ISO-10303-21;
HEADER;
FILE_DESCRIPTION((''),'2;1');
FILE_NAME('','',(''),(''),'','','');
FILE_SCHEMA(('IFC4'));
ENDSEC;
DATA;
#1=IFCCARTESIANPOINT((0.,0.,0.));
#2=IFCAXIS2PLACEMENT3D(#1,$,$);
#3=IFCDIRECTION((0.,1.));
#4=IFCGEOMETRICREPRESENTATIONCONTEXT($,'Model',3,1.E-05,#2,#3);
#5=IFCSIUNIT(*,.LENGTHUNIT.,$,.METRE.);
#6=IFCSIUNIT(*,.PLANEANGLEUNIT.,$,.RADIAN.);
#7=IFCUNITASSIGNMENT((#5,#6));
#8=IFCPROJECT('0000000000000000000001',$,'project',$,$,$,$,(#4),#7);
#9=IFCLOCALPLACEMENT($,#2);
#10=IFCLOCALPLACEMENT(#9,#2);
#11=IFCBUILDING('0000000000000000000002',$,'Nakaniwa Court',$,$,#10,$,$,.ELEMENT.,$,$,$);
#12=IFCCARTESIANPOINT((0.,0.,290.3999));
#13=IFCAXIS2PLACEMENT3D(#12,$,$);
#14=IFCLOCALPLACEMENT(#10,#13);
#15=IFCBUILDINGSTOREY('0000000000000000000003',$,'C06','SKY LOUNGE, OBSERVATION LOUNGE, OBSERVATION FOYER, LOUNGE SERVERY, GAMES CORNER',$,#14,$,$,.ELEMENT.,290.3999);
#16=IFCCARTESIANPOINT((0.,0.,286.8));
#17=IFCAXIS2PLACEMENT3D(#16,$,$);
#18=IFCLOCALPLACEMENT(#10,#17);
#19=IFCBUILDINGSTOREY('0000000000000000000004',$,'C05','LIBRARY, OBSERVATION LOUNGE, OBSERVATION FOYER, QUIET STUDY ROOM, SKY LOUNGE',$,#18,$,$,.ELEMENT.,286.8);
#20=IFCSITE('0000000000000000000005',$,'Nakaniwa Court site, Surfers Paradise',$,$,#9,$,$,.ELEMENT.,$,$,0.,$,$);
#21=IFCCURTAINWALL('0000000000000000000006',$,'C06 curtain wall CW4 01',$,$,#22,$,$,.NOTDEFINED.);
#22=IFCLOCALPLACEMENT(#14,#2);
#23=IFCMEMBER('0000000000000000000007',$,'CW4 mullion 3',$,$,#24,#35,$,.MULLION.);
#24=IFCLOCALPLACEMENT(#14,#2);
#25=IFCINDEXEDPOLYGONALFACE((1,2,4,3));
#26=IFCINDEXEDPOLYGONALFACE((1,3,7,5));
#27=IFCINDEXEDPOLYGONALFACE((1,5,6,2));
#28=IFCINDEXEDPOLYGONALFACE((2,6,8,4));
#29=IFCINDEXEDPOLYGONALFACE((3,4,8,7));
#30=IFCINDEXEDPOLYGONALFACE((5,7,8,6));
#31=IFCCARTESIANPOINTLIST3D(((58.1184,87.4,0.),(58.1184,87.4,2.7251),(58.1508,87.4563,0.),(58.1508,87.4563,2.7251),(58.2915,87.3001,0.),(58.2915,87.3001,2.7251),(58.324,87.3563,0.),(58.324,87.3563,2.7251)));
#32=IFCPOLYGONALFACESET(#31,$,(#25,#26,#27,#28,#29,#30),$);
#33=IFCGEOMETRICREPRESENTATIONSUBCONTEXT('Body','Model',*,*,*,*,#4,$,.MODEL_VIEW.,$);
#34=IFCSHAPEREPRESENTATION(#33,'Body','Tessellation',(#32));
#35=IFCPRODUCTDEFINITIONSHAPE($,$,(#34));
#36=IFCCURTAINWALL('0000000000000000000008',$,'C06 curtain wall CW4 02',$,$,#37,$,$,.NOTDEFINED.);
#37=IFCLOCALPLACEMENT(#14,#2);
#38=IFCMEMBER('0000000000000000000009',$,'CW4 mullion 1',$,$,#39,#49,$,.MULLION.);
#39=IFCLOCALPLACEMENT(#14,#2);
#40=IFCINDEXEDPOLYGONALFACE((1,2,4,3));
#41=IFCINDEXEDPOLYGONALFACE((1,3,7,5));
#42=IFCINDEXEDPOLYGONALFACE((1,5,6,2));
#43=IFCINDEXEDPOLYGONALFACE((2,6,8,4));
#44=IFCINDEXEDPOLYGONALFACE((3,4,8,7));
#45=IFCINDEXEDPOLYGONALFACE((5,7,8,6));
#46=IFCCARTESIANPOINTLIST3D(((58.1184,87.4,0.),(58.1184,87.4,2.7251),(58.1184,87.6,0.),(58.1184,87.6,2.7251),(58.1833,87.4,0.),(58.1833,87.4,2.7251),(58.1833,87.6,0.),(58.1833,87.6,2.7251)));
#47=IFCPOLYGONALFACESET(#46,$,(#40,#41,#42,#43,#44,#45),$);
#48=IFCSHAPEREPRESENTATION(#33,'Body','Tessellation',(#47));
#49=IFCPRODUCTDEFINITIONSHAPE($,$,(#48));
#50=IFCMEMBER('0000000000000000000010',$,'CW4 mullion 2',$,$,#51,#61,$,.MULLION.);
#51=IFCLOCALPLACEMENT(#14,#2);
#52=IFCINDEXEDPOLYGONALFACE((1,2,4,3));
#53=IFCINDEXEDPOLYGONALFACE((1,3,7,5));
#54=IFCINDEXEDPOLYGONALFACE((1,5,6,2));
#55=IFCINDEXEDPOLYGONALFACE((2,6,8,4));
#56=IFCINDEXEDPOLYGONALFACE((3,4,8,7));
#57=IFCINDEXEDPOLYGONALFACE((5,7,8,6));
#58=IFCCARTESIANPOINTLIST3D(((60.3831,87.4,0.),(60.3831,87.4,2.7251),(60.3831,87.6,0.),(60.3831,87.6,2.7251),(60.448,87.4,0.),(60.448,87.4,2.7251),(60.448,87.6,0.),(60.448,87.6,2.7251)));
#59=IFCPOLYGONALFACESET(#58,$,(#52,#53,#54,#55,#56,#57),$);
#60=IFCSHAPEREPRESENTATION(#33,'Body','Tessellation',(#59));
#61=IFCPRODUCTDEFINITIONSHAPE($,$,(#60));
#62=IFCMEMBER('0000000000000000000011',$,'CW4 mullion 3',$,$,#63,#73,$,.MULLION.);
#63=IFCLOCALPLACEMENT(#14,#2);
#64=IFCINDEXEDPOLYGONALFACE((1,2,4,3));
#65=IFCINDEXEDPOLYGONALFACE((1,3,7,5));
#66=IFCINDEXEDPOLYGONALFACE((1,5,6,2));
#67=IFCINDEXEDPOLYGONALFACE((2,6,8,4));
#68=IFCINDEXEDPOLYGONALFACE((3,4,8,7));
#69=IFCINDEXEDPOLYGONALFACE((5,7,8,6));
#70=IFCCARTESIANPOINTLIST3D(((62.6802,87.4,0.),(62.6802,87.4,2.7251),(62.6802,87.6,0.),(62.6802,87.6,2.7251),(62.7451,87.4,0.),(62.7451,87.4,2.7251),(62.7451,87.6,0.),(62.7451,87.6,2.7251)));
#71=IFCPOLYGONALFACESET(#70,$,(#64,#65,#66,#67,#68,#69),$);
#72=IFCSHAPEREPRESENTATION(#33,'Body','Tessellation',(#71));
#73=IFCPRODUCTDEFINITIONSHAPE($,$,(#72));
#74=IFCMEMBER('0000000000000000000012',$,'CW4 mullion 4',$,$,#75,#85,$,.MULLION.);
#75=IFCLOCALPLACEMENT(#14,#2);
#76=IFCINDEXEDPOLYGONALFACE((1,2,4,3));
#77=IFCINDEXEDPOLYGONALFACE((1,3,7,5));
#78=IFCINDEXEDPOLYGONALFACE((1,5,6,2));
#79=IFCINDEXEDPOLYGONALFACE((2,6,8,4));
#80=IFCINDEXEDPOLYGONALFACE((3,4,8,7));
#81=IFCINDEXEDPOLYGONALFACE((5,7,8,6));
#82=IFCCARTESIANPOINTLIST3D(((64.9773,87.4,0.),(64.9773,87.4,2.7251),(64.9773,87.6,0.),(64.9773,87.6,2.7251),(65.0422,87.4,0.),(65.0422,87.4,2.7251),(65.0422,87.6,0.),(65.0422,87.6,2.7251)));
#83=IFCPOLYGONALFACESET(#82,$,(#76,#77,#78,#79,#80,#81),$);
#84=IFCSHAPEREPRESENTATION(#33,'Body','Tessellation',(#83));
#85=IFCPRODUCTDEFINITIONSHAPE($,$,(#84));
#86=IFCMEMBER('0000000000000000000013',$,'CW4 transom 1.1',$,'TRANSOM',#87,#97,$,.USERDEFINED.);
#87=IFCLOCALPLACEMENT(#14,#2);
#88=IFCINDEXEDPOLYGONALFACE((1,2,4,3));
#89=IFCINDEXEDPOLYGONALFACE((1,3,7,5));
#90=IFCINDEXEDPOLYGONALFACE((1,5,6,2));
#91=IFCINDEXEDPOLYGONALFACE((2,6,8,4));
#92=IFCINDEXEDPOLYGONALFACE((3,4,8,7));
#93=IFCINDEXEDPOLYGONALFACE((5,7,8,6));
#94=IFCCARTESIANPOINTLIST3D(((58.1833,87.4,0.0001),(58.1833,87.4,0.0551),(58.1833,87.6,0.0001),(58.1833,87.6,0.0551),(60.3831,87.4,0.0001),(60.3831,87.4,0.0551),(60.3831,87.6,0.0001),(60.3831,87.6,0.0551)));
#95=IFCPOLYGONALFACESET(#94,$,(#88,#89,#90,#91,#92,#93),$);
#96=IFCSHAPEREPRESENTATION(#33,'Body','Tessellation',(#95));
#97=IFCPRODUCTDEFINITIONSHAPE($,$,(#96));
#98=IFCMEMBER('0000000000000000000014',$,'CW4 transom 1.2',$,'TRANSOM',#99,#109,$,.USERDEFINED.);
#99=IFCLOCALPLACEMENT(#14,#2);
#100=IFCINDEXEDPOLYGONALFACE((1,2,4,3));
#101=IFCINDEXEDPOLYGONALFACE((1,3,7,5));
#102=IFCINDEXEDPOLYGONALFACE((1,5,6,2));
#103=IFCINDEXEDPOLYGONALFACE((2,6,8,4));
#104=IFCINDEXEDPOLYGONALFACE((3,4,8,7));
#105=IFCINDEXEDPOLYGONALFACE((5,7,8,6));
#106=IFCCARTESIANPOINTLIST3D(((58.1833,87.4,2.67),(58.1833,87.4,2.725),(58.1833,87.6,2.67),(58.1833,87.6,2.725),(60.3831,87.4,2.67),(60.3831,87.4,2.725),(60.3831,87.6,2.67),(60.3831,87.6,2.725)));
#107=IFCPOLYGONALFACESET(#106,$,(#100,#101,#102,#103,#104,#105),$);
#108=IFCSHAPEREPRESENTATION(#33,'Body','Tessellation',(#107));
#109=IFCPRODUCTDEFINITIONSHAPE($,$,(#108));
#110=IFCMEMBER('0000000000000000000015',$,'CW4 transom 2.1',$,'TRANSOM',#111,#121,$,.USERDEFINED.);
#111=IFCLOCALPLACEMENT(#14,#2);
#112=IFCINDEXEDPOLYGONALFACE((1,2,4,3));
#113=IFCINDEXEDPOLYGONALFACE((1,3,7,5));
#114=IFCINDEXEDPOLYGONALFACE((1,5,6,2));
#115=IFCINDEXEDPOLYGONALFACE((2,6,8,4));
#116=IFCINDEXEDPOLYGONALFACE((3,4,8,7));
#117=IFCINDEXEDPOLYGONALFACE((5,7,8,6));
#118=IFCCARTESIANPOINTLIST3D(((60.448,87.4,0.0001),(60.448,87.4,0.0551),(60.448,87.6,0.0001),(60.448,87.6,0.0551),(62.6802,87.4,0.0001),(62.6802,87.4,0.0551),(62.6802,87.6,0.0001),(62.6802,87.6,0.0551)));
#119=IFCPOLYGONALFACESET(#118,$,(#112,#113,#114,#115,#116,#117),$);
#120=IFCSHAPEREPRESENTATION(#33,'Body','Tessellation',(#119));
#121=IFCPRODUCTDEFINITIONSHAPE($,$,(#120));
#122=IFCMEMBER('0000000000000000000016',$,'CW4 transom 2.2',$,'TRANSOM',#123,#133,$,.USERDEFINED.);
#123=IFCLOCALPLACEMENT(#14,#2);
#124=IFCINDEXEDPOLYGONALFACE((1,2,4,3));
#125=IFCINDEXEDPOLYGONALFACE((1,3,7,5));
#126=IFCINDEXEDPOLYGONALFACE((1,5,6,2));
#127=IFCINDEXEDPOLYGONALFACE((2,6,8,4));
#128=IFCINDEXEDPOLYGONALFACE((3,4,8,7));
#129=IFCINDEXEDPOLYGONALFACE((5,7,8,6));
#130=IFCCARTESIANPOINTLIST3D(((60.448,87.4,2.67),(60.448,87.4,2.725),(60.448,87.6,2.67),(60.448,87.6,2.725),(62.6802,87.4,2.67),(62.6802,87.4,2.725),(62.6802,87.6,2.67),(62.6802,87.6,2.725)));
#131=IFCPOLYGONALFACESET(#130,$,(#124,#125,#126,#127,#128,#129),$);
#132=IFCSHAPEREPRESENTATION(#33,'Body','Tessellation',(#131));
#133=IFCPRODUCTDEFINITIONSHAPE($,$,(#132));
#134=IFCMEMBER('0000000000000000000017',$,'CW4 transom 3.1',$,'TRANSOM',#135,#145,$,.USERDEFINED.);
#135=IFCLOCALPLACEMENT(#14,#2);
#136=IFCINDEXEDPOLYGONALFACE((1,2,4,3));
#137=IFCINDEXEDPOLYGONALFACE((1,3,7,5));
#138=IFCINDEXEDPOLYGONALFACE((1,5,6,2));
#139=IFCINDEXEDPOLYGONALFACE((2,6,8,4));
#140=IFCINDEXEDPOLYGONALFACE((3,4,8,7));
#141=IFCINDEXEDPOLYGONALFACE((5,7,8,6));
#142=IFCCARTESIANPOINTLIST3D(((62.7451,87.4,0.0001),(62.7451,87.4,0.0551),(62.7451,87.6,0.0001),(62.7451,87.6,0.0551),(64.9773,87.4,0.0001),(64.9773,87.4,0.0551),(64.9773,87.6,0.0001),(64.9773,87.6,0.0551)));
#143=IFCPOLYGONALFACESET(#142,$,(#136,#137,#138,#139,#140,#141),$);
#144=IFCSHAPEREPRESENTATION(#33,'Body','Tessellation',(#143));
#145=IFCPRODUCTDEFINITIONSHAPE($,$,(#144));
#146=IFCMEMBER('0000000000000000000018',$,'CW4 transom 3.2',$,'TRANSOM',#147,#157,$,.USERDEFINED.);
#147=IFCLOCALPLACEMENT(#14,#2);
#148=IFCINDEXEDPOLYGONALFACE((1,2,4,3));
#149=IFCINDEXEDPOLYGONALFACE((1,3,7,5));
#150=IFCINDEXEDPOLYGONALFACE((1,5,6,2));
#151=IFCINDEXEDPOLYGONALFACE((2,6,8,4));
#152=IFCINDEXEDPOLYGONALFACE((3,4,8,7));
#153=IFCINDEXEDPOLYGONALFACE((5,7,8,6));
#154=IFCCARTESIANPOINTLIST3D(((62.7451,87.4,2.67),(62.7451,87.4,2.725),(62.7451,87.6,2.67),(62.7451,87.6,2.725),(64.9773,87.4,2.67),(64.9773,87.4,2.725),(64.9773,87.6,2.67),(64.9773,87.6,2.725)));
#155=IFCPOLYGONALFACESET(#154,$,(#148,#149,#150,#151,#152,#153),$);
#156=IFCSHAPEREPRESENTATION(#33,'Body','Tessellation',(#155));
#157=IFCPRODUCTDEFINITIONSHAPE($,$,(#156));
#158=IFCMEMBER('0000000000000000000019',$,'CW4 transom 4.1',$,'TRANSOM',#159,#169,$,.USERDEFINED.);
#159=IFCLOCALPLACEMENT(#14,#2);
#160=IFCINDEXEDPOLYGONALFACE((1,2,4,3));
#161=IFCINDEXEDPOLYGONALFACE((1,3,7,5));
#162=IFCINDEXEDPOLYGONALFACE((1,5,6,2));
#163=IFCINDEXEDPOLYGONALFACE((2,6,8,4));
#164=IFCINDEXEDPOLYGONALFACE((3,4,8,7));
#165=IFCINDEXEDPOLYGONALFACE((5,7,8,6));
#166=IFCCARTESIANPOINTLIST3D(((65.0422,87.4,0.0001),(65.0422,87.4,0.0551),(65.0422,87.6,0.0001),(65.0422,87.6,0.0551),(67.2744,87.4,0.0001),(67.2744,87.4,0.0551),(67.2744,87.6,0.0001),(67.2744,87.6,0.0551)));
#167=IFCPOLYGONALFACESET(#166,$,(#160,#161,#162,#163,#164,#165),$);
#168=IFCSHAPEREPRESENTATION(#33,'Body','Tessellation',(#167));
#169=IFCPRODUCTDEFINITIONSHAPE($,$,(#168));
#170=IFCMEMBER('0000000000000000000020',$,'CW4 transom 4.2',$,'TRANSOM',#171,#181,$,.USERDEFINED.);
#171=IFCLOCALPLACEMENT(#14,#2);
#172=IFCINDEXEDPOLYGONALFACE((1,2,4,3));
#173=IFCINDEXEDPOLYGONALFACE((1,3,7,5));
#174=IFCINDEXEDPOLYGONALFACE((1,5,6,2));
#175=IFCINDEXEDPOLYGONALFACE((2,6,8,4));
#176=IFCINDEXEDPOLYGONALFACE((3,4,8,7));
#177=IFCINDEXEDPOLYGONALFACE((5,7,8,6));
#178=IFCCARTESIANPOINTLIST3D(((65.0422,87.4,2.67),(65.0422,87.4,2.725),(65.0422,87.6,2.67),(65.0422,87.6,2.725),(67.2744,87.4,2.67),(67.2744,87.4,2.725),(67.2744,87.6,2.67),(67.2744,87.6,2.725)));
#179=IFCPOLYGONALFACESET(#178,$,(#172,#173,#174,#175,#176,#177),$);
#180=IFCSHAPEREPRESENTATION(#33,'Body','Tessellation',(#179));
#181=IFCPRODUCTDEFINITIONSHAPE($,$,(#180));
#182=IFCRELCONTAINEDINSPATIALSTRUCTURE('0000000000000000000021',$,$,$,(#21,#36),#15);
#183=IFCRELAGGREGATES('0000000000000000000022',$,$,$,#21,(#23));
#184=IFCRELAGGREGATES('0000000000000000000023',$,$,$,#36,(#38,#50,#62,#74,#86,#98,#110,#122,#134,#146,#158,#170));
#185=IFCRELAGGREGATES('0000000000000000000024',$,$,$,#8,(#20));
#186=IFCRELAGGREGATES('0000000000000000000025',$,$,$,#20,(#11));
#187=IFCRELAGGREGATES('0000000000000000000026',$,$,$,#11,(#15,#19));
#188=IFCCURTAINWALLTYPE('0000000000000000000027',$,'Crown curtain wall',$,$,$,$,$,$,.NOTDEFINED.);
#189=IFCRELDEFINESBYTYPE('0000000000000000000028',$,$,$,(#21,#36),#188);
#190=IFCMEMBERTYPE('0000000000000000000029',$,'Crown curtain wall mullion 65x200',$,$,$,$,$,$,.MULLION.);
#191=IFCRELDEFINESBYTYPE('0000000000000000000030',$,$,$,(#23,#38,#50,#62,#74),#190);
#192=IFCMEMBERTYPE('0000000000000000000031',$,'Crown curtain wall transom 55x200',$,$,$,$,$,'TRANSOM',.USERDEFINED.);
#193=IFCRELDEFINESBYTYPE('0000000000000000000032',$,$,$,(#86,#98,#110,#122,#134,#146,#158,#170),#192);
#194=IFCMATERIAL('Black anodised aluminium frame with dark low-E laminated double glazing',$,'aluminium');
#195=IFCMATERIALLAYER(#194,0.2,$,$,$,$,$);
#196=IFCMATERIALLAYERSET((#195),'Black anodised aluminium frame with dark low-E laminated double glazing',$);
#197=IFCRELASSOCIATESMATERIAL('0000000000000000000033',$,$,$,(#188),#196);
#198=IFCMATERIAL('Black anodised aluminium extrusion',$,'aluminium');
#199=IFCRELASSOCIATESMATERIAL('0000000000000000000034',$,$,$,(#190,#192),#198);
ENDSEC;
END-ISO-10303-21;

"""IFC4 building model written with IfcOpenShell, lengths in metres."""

from ifc_helpers import new_model, si_unit, direction, frame, origin, origin_2d, place, context, subcontext, project, spatial, rectangle, extrude, material, layer, layer_set, material_profile, profile_set, type_object, element, aggregate, save


model = new_model("IFC4")

# Units and contexts
model_context = context("Model", 3, precision=1e-05, world=origin(), true_north=direction((0.0, 1.0)))
body_context = subcontext(model_context, "Body", "Model", "MODEL_VIEW")
ifc_project = project(units=[si_unit("LENGTHUNIT", "METRE"), si_unit("PLANEANGLEUNIT", "RADIAN")], contexts=[model_context])

# Site, building, storey
site_placement = place(None, origin())
site = spatial("IfcSite", under=ifc_project, at=site_placement, Name="Nakaniwa Court site, Surfers Paradise", CompositionType="ELEMENT", RefElevation=0.0)
building_placement = place(site_placement, origin())
building = spatial("IfcBuilding", under=site, at=building_placement, Name="Nakaniwa Court", CompositionType="ELEMENT")
storey_1_placement = place(building_placement, frame((0.0, 0.0, 290.3999)))
storey_1 = spatial("IfcBuildingStorey", under=building, at=storey_1_placement, Name="C06", Description="SKY LOUNGE, OBSERVATION LOUNGE, OBSERVATION FOYER, LOUNGE SERVERY, GAMES CORNER", CompositionType="ELEMENT", Elevation=290.3999)

# Curtain wall, member
ifc_material_1 = material(Name="Black anodised aluminium frame with dark low-E laminated double glazing", Category="aluminium")
ifc_layer_1 = layer(ifc_material_1, 0.2)
ifc_layer_set_1 = layer_set([ifc_layer_1], Name="Black anodised aluminium frame with dark low-E laminated double glazing")
curtain_wall_type = type_object("IfcCurtainWallType", Name="Crown curtain wall", PredefinedType="NOTDEFINED", material=ifc_layer_set_1)
curtain_wall_1_placement = place(storey_1_placement, origin())
curtain_wall_1 = element("IfcCurtainWall", 1, at=curtain_wall_1_placement, inside=storey_1, type_object=curtain_wall_type, Name="C06 curtain wall CW4 01", PredefinedType="NOTDEFINED")
ifc_material_2 = material(Name="Black anodised aluminium extrusion", Category="aluminium")
ifc_material_profile_1 = material_profile(ifc_material_2, rectangle(XDim=0.2, YDim=0.0649, at=origin_2d()), Name="Crown curtain wall mullion 65x200")
ifc_profile_set_1 = profile_set([ifc_material_profile_1], Name="Black anodised aluminium extrusion")
member_type_1 = type_object("IfcMemberType", Name="Crown curtain wall mullion 65x200", PredefinedType="MULLION", material=ifc_profile_set_1)
member_1_placement = place(storey_1_placement, frame((58.2212, 87.3782, 0.0), z_axis=(0.0, 0.0, 1.0), x_axis=(0.866021, -0.500008, 0.0)))
member_1 = element("IfcMember", 2, at=member_1_placement, type_object=member_type_1, Name="CW4 mullion 3", PredefinedType="MULLION", context=body_context, shape_type="SweptSolid", body=[
    extrude(rectangle(XDim=0.2, YDim=0.0649, at=origin_2d()), origin(), (0.0, 0.0, 1.0), 2.7251),
])
aggregate(curtain_wall_1, [member_1])

# Curtain wall, members
curtain_wall_2_placement = place(storey_1_placement, origin())
curtain_wall_2 = element("IfcCurtainWall", 3, at=curtain_wall_2_placement, inside=storey_1, type_object=curtain_wall_type, Name="C06 curtain wall CW4 02", PredefinedType="NOTDEFINED")
member_2_placement = place(storey_1_placement, frame((58.1509, 87.5, 0.0), z_axis=(0.0, 0.0, 1.0), x_axis=(0.0, 1.0, 0.0)))
member_2 = element("IfcMember", 4, at=member_2_placement, type_object=member_type_1, Name="CW4 mullion 1", PredefinedType="MULLION", context=body_context, shape_type="SweptSolid", body=[
    extrude(rectangle(XDim=0.2, YDim=0.0649, at=origin_2d()), origin(), (0.0, 0.0, 1.0), 2.7251),
])
member_3_placement = place(storey_1_placement, frame((60.4155, 87.5, 0.0), z_axis=(0.0, 0.0, 1.0), x_axis=(0.0, 1.0, 0.0)))
member_3 = element("IfcMember", 5, at=member_3_placement, type_object=member_type_1, Name="CW4 mullion 2", PredefinedType="MULLION", context=body_context, shape_type="SweptSolid", body=[
    extrude(rectangle(XDim=0.2, YDim=0.0649, at=origin_2d()), origin(), (0.0, 0.0, 1.0), 2.7251),
])
member_4_placement = place(storey_1_placement, frame((62.7126, 87.5, 0.0), z_axis=(0.0, 0.0, 1.0), x_axis=(0.0, 1.0, 0.0)))
member_4 = element("IfcMember", 6, at=member_4_placement, type_object=member_type_1, Name="CW4 mullion 3", PredefinedType="MULLION", context=body_context, shape_type="SweptSolid", body=[
    extrude(rectangle(XDim=0.2, YDim=0.0649, at=origin_2d()), origin(), (0.0, 0.0, 1.0), 2.7251),
])
member_5_placement = place(storey_1_placement, frame((65.0098, 87.5, 0.0), z_axis=(0.0, 0.0, 1.0), x_axis=(0.0, 1.0, 0.0)))
member_5 = element("IfcMember", 7, at=member_5_placement, type_object=member_type_1, Name="CW4 mullion 4", PredefinedType="MULLION", context=body_context, shape_type="SweptSolid", body=[
    extrude(rectangle(XDim=0.2, YDim=0.0649, at=origin_2d()), origin(), (0.0, 0.0, 1.0), 2.7251),
])
ifc_material_profile_2 = material_profile(ifc_material_2, rectangle(XDim=0.2, YDim=0.0549, at=origin_2d()), Name="Crown curtain wall transom 55x200")
ifc_profile_set_2 = profile_set([ifc_material_profile_2], Name="Black anodised aluminium extrusion")
member_type_2 = type_object("IfcMemberType", Name="Crown curtain wall transom 55x200", ElementType="TRANSOM", PredefinedType="USERDEFINED", material=ifc_profile_set_2)
member_6_placement = place(storey_1_placement, frame((58.1833, 87.5, 0.0276), z_axis=(1.0, 0.0, 0.0), x_axis=(0.0, 1.0, 0.0)))
member_6 = element("IfcMember", 8, at=member_6_placement, type_object=member_type_2, Name="CW4 transom 1.1", ObjectType="TRANSOM", PredefinedType="USERDEFINED", context=body_context, shape_type="SweptSolid", body=[
    extrude(rectangle(XDim=0.2, YDim=0.0549, at=origin_2d()), origin(), (0.0, 0.0, 1.0), 2.1997),
])
member_7_placement = place(storey_1_placement, frame((58.1833, 87.5, 2.6975), z_axis=(1.0, 0.0, 0.0), x_axis=(0.0, 1.0, 0.0)))
member_7 = element("IfcMember", 9, at=member_7_placement, type_object=member_type_2, Name="CW4 transom 1.2", ObjectType="TRANSOM", PredefinedType="USERDEFINED", context=body_context, shape_type="SweptSolid", body=[
    extrude(rectangle(XDim=0.2, YDim=0.0549, at=origin_2d()), origin(), (0.0, 0.0, 1.0), 2.1997),
])
member_8_placement = place(storey_1_placement, frame((60.448, 87.5, 0.0276), z_axis=(1.0, 0.0, 0.0), x_axis=(0.0, 1.0, 0.0)))
member_8 = element("IfcMember", 10, at=member_8_placement, type_object=member_type_2, Name="CW4 transom 2.1", ObjectType="TRANSOM", PredefinedType="USERDEFINED", context=body_context, shape_type="SweptSolid", body=[
    extrude(rectangle(XDim=0.2, YDim=0.0549, at=origin_2d()), origin(), (0.0, 0.0, 1.0), 2.2322),
])
member_9_placement = place(storey_1_placement, frame((60.448, 87.5, 2.6975), z_axis=(1.0, 0.0, 0.0), x_axis=(0.0, 1.0, 0.0)))
member_9 = element("IfcMember", 11, at=member_9_placement, type_object=member_type_2, Name="CW4 transom 2.2", ObjectType="TRANSOM", PredefinedType="USERDEFINED", context=body_context, shape_type="SweptSolid", body=[
    extrude(rectangle(XDim=0.2, YDim=0.0549, at=origin_2d()), origin(), (0.0, 0.0, 1.0), 2.2322),
])
member_10_placement = place(storey_1_placement, frame((62.7451, 87.5, 0.0276), z_axis=(1.0, 0.0, 0.0), x_axis=(0.0, 1.0, 0.0)))
member_10 = element("IfcMember", 12, at=member_10_placement, type_object=member_type_2, Name="CW4 transom 3.1", ObjectType="TRANSOM", PredefinedType="USERDEFINED", context=body_context, shape_type="SweptSolid", body=[
    extrude(rectangle(XDim=0.2, YDim=0.0549, at=origin_2d()), origin(), (0.0, 0.0, 1.0), 2.2322),
])
member_11_placement = place(storey_1_placement, frame((62.7451, 87.5, 2.6975), z_axis=(1.0, 0.0, 0.0), x_axis=(0.0, 1.0, 0.0)))
member_11 = element("IfcMember", 13, at=member_11_placement, type_object=member_type_2, Name="CW4 transom 3.2", ObjectType="TRANSOM", PredefinedType="USERDEFINED", context=body_context, shape_type="SweptSolid", body=[
    extrude(rectangle(XDim=0.2, YDim=0.0549, at=origin_2d()), origin(), (0.0, 0.0, 1.0), 2.2322),
])
member_12_placement = place(storey_1_placement, frame((65.0422, 87.5, 0.0276), z_axis=(1.0, 0.0, 0.0), x_axis=(0.0, 1.0, 0.0)))
member_12 = element("IfcMember", 14, at=member_12_placement, type_object=member_type_2, Name="CW4 transom 4.1", ObjectType="TRANSOM", PredefinedType="USERDEFINED", context=body_context, shape_type="SweptSolid", body=[
    extrude(rectangle(XDim=0.2, YDim=0.0549, at=origin_2d()), origin(), (0.0, 0.0, 1.0), 2.2322),
])
member_13_placement = place(storey_1_placement, frame((65.0422, 87.5, 2.6975), z_axis=(1.0, 0.0, 0.0), x_axis=(0.0, 1.0, 0.0)))
member_13 = element("IfcMember", 15, at=member_13_placement, type_object=member_type_2, Name="CW4 transom 4.2", ObjectType="TRANSOM", PredefinedType="USERDEFINED", context=body_context, shape_type="SweptSolid", body=[
    extrude(rectangle(XDim=0.2, YDim=0.0549, at=origin_2d()), origin(), (0.0, 0.0, 1.0), 2.2322),
])

# Shared definitions
storey_2_placement = place(building_placement, frame((0.0, 0.0, 286.8)))
storey_2 = spatial("IfcBuildingStorey", under=building, at=storey_2_placement, Name="C05", Description="LIBRARY, OBSERVATION LOUNGE, OBSERVATION FOYER, QUIET STUDY ROOM, SKY LOUNGE", CompositionType="ELEMENT", Elevation=286.8)

aggregate(curtain_wall_2, [member_2, member_3, member_4, member_5, member_6, member_7, member_8, member_9, member_10, member_11, member_12, member_13])

save(model, "model.ifc")
